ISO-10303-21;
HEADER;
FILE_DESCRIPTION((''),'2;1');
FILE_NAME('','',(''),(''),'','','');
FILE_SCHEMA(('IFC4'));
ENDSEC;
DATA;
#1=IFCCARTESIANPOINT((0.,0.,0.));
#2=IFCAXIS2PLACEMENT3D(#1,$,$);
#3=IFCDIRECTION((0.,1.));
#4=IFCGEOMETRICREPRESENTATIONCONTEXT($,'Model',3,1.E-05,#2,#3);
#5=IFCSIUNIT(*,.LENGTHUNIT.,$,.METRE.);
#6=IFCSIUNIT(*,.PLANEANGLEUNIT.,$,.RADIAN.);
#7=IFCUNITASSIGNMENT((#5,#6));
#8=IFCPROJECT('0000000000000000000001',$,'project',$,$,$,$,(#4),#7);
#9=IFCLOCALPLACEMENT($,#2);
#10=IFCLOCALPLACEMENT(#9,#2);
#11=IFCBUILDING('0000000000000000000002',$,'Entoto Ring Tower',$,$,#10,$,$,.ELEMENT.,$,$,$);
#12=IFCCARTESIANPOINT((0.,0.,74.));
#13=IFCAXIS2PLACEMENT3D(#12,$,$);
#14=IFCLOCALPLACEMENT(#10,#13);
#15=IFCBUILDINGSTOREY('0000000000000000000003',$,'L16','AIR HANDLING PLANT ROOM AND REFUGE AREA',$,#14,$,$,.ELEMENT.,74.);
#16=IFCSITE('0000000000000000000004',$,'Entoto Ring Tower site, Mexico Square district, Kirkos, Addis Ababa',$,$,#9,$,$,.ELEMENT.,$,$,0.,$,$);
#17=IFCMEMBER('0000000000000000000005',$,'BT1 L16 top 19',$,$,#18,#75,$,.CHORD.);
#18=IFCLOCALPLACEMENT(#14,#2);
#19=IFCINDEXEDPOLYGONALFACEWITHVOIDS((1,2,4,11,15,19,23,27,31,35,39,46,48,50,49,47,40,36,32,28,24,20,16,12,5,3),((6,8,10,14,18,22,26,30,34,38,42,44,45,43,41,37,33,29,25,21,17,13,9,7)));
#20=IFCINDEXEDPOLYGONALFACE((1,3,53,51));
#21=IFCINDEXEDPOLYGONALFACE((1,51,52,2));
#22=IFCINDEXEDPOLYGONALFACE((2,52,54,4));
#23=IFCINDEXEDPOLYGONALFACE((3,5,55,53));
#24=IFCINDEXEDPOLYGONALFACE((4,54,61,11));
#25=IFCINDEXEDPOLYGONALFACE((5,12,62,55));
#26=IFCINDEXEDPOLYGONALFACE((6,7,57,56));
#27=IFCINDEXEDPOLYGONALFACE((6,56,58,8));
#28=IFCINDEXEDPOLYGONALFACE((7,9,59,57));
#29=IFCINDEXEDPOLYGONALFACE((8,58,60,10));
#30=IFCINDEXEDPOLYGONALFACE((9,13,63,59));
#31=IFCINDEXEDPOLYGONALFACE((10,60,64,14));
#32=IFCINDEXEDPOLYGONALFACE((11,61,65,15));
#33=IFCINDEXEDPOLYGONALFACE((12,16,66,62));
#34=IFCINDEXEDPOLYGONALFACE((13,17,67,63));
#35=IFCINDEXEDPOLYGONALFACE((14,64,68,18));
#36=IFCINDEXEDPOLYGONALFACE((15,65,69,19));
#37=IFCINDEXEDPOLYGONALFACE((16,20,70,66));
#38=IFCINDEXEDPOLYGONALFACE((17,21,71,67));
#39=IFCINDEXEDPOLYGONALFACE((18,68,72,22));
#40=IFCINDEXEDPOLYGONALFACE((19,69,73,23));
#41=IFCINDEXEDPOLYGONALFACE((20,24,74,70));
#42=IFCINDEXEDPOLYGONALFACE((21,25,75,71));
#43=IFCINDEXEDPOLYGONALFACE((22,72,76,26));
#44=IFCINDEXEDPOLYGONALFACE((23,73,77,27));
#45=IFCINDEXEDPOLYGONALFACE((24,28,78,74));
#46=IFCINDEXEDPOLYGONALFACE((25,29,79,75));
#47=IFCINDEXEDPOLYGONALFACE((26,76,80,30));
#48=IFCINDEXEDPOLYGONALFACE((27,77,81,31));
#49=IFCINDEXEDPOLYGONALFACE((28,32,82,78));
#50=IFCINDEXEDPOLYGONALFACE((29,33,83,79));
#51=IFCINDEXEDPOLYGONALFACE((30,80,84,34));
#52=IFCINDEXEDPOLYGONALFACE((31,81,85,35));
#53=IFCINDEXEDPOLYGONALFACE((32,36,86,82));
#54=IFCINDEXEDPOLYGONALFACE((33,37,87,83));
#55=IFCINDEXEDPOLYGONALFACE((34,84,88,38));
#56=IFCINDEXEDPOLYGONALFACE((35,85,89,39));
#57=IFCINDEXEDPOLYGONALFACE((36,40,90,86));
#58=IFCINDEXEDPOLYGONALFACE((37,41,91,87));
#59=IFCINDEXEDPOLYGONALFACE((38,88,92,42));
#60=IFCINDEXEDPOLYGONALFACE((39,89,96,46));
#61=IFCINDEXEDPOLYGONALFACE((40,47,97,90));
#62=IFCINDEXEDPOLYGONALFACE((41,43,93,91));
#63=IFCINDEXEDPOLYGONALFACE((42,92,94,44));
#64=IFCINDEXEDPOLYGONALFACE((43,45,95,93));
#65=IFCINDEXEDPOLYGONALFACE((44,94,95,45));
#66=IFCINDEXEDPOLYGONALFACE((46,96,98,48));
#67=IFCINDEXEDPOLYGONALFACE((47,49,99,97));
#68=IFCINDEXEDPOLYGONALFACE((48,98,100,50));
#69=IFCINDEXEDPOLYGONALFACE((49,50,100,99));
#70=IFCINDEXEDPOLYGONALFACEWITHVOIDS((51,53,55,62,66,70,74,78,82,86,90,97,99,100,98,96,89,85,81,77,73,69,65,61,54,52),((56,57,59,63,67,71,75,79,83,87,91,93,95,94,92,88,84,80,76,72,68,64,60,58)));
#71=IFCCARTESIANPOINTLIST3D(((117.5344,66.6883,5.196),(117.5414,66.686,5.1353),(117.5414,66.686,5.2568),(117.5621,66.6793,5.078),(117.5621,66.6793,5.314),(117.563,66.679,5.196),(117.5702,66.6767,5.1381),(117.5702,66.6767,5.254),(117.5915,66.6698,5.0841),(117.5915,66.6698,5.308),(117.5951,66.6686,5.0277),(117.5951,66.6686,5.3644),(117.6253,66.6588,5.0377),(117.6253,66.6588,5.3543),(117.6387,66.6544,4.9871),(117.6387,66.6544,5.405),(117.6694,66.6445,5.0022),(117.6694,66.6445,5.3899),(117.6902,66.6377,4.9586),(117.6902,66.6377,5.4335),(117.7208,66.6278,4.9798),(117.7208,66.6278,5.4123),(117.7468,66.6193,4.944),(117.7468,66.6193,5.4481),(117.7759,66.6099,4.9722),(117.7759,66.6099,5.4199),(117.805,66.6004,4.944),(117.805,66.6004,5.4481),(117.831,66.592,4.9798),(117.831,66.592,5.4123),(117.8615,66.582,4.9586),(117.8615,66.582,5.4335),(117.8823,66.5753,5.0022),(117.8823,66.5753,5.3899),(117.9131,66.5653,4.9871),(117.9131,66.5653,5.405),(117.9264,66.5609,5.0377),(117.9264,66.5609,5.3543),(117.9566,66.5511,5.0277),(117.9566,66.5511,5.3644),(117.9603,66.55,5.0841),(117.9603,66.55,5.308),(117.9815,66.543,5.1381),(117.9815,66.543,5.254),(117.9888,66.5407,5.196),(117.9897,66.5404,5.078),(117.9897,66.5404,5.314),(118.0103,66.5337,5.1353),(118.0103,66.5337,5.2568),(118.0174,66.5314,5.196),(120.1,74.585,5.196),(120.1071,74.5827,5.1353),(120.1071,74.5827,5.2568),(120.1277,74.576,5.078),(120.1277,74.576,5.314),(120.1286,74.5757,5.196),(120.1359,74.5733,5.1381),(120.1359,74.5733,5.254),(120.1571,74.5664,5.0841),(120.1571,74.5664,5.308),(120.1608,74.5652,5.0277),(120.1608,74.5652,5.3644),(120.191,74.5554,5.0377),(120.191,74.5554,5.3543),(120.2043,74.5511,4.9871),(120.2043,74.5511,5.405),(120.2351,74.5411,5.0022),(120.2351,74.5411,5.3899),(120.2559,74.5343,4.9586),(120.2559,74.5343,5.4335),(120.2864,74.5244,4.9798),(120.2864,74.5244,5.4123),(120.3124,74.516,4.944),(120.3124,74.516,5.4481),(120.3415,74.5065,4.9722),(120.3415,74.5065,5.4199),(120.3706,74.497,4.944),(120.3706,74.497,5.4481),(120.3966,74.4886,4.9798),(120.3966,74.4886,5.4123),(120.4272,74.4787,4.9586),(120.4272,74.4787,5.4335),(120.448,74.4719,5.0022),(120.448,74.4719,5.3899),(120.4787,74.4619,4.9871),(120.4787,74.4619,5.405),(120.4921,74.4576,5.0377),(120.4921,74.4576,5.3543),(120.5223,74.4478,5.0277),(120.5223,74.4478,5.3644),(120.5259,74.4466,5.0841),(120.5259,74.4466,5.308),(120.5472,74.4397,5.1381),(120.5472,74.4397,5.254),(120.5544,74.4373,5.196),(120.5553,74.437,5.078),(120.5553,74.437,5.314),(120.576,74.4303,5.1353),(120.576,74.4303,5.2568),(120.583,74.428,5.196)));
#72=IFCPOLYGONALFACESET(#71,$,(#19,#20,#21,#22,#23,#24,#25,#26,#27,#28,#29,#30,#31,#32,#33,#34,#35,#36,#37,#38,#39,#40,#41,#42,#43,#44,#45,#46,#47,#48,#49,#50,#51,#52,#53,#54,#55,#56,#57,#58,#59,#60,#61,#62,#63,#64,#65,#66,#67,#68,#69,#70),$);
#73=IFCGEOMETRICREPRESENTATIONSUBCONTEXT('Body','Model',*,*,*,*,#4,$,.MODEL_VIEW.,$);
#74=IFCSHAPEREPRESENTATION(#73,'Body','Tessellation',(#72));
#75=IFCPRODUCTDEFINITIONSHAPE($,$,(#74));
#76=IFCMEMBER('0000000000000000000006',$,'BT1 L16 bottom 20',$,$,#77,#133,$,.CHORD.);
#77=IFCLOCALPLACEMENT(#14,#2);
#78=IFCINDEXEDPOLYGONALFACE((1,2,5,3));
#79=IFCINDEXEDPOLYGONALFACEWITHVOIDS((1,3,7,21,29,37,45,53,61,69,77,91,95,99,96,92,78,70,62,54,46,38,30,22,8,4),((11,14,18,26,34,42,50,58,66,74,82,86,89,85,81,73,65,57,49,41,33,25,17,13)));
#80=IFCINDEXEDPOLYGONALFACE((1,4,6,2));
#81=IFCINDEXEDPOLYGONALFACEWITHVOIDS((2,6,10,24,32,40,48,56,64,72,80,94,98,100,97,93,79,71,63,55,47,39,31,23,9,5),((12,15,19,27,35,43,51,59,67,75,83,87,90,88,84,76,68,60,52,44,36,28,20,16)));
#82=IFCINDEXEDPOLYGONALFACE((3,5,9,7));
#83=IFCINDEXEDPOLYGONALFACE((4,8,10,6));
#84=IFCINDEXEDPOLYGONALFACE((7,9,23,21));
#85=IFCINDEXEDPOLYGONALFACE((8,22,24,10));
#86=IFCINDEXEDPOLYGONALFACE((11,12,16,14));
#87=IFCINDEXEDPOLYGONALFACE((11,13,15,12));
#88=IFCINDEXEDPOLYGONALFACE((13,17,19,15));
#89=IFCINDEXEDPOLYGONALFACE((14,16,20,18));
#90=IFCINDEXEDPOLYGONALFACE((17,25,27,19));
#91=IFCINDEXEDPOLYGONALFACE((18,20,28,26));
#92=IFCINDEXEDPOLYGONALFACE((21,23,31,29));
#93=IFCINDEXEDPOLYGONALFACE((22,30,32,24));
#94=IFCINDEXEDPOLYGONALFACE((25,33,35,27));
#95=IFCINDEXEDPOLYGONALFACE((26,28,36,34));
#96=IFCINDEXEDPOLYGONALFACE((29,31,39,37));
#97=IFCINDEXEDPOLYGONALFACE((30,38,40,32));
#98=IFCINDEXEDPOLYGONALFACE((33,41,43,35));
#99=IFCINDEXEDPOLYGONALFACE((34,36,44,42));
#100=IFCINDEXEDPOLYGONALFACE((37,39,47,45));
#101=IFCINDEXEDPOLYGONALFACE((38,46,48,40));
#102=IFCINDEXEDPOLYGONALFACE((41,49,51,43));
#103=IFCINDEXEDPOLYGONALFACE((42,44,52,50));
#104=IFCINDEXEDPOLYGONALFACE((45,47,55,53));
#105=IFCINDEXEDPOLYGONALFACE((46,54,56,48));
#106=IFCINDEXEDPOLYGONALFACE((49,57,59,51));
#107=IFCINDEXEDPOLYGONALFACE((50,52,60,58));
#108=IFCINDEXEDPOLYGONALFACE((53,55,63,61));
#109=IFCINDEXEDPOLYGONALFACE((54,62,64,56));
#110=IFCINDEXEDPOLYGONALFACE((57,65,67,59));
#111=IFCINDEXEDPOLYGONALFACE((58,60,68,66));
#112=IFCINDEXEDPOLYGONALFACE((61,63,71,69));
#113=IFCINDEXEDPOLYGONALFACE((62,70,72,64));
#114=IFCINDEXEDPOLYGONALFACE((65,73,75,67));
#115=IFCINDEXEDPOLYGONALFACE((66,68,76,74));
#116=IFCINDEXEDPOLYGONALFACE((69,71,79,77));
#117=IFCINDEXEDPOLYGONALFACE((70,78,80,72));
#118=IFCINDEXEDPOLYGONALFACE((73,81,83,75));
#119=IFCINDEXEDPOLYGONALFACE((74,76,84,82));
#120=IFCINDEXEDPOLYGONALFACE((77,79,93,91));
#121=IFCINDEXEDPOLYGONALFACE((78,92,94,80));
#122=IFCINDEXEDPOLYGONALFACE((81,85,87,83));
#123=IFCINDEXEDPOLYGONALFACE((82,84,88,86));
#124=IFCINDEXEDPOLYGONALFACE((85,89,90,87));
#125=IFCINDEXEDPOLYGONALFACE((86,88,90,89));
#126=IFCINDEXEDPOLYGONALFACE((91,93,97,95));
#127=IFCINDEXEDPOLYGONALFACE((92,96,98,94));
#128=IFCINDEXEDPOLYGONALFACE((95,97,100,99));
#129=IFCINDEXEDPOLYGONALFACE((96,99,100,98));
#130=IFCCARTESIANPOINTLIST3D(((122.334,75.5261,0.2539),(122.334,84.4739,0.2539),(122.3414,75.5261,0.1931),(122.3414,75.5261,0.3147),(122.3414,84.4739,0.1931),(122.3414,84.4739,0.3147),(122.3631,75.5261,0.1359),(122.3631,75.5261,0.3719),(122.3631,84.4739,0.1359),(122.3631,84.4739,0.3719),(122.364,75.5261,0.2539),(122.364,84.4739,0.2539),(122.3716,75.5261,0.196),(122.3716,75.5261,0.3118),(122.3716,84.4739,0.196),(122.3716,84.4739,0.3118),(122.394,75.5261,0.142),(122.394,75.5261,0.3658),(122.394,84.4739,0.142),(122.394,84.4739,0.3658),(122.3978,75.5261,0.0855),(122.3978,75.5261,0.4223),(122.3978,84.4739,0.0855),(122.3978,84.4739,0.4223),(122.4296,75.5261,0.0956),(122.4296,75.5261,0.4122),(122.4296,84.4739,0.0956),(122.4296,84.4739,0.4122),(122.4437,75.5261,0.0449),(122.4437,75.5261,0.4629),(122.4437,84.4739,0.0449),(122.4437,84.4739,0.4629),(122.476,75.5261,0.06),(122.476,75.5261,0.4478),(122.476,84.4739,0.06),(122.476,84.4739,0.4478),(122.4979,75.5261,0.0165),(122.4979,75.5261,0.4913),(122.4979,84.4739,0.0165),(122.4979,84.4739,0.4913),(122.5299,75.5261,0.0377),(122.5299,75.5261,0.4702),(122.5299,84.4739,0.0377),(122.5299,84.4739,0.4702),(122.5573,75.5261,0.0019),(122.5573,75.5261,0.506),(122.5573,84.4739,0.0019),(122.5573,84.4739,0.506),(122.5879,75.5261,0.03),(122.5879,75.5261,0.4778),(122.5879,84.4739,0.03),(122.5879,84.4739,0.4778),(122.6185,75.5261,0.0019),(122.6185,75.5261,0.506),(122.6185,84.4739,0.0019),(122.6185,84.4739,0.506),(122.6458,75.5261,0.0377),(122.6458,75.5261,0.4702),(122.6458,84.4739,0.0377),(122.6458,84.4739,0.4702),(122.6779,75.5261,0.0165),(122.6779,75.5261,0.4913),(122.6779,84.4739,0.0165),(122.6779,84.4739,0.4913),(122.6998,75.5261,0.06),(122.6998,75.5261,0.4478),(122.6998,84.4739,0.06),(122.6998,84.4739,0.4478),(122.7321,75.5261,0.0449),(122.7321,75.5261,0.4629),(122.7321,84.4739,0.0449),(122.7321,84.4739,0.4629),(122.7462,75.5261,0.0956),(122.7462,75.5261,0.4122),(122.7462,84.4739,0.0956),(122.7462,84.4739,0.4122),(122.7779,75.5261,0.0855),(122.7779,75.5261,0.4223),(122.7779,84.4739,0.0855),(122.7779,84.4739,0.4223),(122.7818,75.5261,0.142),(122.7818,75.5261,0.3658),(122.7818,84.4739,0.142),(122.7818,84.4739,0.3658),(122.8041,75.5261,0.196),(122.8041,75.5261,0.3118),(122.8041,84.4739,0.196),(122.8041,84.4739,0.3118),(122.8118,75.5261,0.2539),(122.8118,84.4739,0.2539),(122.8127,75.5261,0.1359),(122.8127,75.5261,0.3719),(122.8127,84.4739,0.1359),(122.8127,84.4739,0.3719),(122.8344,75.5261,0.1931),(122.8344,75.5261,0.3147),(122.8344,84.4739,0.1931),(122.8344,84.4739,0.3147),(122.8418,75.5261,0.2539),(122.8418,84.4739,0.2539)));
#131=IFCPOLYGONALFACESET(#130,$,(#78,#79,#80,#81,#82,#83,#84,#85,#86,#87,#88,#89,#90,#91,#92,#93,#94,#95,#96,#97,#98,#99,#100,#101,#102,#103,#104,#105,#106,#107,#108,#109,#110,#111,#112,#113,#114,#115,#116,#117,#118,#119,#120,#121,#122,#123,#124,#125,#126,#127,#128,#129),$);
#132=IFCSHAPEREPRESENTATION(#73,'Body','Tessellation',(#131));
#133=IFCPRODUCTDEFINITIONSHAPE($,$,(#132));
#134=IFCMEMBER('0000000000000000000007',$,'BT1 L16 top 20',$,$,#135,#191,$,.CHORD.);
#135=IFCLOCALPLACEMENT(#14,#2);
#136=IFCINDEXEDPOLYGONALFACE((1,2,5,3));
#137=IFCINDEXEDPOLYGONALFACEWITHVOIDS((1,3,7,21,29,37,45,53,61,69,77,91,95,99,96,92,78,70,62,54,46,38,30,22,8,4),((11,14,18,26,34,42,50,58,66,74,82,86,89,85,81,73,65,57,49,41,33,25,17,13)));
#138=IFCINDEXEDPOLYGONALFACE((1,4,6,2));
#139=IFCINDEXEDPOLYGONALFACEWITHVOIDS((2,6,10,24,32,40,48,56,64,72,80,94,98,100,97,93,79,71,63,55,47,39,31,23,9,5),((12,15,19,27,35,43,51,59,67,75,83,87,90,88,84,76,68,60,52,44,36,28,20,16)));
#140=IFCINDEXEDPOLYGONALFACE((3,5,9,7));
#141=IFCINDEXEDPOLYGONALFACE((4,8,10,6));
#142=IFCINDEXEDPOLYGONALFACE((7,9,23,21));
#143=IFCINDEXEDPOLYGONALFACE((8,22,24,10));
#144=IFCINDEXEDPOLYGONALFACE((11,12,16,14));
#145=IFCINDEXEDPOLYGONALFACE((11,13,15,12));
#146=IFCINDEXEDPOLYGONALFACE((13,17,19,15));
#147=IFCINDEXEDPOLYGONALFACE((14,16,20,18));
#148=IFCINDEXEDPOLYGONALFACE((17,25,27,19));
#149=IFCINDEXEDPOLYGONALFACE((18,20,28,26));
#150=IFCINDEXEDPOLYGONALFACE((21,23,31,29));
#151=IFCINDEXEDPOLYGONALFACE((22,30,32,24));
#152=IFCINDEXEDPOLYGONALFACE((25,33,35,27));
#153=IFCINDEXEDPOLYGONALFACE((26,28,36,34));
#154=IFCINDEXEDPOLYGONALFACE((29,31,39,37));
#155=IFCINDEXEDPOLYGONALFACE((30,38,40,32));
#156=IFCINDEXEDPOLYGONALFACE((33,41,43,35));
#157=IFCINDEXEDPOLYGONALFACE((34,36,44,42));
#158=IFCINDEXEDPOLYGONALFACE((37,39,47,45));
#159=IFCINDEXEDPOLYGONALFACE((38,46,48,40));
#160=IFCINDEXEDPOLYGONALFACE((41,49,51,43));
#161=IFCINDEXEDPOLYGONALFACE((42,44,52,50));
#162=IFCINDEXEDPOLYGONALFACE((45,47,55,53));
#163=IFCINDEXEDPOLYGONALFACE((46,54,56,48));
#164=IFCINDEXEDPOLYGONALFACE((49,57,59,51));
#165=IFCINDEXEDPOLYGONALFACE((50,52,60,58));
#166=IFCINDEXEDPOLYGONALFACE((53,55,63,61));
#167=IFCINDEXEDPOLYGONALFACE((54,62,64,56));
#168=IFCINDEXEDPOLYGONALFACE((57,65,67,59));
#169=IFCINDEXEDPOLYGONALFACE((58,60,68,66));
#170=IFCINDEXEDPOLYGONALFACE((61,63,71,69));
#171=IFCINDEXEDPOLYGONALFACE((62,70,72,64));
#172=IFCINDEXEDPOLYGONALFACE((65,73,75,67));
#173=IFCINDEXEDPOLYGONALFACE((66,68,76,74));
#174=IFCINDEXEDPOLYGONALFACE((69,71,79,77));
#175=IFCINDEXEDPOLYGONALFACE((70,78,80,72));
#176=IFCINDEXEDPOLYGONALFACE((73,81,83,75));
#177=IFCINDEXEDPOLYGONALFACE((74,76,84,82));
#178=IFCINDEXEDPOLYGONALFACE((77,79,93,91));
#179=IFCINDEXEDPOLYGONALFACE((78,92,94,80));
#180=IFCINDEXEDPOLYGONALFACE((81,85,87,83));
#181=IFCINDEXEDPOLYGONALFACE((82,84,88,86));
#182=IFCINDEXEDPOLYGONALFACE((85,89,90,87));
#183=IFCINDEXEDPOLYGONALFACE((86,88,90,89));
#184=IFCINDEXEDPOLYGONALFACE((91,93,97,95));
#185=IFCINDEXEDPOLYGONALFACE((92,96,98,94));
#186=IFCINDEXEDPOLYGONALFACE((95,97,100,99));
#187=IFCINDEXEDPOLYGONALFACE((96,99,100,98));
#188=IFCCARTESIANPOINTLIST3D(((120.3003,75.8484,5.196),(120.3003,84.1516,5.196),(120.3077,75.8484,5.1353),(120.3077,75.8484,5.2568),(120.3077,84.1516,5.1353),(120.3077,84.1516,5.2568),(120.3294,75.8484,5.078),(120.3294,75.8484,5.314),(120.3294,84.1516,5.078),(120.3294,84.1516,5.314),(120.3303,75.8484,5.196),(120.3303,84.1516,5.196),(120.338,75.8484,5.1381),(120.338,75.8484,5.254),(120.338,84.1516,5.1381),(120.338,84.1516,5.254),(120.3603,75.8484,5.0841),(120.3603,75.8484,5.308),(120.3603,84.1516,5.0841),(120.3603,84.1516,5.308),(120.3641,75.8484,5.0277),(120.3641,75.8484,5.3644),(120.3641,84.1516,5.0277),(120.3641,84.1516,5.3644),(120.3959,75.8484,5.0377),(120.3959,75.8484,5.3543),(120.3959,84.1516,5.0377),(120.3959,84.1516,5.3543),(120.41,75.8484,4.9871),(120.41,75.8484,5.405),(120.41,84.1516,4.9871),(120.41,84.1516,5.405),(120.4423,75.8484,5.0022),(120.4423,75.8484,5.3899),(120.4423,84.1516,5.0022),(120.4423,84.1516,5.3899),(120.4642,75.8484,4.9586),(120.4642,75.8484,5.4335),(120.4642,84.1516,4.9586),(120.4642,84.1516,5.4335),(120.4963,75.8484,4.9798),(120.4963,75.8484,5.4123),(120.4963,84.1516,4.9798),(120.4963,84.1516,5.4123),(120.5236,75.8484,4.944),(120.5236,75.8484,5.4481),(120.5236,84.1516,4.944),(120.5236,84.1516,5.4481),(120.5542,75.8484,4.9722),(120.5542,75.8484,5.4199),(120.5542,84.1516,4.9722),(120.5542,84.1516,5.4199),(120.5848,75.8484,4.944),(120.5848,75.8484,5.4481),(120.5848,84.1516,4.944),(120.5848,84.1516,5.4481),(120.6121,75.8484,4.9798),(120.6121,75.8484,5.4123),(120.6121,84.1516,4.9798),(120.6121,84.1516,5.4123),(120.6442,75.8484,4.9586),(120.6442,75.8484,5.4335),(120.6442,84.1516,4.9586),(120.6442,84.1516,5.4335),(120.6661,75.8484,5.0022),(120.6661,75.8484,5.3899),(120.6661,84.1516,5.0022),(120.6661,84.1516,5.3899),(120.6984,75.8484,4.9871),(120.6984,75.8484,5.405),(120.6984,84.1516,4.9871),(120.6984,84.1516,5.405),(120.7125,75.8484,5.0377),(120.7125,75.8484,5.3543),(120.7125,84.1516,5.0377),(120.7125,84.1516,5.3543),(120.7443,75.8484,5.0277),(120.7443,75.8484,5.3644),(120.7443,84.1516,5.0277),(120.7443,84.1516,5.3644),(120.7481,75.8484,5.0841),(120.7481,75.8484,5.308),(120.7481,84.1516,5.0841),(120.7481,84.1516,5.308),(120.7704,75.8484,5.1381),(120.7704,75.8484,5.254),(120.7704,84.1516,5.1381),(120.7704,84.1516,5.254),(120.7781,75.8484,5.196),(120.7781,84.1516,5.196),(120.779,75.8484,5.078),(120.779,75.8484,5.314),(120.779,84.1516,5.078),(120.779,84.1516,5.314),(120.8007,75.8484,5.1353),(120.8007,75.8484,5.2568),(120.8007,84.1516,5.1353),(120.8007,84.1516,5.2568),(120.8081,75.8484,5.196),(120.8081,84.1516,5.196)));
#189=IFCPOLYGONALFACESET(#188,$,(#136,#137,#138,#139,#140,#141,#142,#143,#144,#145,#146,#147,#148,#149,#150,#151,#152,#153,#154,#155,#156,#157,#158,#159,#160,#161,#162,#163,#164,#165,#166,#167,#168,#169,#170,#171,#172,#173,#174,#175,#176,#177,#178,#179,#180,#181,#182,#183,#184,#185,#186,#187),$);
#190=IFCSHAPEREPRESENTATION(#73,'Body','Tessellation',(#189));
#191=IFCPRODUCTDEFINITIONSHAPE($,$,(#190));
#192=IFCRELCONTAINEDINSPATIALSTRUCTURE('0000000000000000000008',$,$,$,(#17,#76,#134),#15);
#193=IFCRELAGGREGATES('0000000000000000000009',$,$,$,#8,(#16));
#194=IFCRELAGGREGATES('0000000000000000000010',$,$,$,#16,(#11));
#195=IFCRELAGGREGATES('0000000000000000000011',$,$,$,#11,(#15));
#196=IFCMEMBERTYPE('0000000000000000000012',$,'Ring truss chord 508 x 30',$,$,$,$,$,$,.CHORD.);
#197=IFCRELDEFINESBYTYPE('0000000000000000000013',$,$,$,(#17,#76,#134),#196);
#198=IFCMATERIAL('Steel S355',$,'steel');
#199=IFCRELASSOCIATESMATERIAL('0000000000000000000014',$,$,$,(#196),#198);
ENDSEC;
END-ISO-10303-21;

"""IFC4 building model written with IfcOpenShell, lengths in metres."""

from ifc_helpers import new_model, si_unit, direction, frame, origin, origin_2d, place, context, subcontext, project, spatial, circle, hollow_circle, extrude, material, material_profile, profile_set, type_object, element, save


model = new_model("IFC4")

# Units and contexts
model_context = context("Model", 3, precision=1e-05, world=origin(), true_north=direction((0.0, 1.0)))
body_context = subcontext(model_context, "Body", "Model", "MODEL_VIEW")
ifc_project = project(units=[si_unit("LENGTHUNIT", "METRE"), si_unit("PLANEANGLEUNIT", "RADIAN")], contexts=[model_context])

# Site, building, storey
site_placement = place(None, origin())
site = spatial("IfcSite", under=ifc_project, at=site_placement, Name="Entoto Ring Tower site, Mexico Square district, Kirkos, Addis Ababa", CompositionType="ELEMENT", RefElevation=0.0)
building_placement = place(site_placement, origin())
building = spatial("IfcBuilding", under=site, at=building_placement, Name="Entoto Ring Tower", CompositionType="ELEMENT")
storey_placement = place(building_placement, frame((0.0, 0.0, 74.0)))
storey = spatial("IfcBuildingStorey", under=building, at=storey_placement, Name="L16", Description="AIR HANDLING PLANT ROOM AND REFUGE AREA", CompositionType="ELEMENT", Elevation=74.0)

# Members
ifc_material_1 = material(Name="Steel S355", Category="steel")
ifc_material_profile_1 = material_profile(ifc_material_1, hollow_circle(Radius=0.2539, WallThickness=0.03, at=origin_2d()), Name="CHS 508 x 30")
ifc_material_2 = material(Name="Concrete C60/75", Category="concrete")
ifc_material_profile_2 = material_profile(ifc_material_2, circle(Radius=0.2241, at=origin_2d()), Name="Concrete C60/75 infill")
ifc_profile_set_1 = profile_set([ifc_material_profile_1, ifc_material_profile_2], Name="Steel S355")
member_type_1 = type_object("IfcMemberType", Name="Ring truss chord 508 x 30", PredefinedType="CHORD", material=ifc_profile_set_1)
member_1_placement = place(storey_placement, frame((117.7759, 66.6099, 5.196), z_axis=(0.309003, 0.951061, 0.0), x_axis=(-0.951061, 0.309003, 0.0)))
element("IfcMember", 1, at=member_1_placement, inside=storey, type_object=member_type_1, Name="BT1 L16 top 19", PredefinedType="CHORD", context=body_context, shape_type="SweptSolid", body=[
    extrude(hollow_circle(Radius=0.2539, WallThickness=0.03, at=origin_2d()), origin(), (0.0, 0.0, 1.0), 8.303),
])
member_2_placement = place(storey_placement, frame((122.5879, 75.5261, 0.2539), z_axis=(0.0, 1.0, 0.0), x_axis=(-1.0, 0.0, 0.0)))
element("IfcMember", 2, at=member_2_placement, inside=storey, type_object=member_type_1, Name="BT1 L16 bottom 20", PredefinedType="CHORD", context=body_context, shape_type="SweptSolid", body=[
    extrude(hollow_circle(Radius=0.2539, WallThickness=0.03, at=origin_2d()), origin(), (0.0, 0.0, 1.0), 8.9478),
])
member_3_placement = place(storey_placement, frame((120.5542, 75.8484, 5.196), z_axis=(0.0, 1.0, 0.0), x_axis=(-1.0, 0.0, 0.0)))
element("IfcMember", 3, at=member_3_placement, inside=storey, type_object=member_type_1, Name="BT1 L16 top 20", PredefinedType="CHORD", context=body_context, shape_type="SweptSolid", body=[
    extrude(hollow_circle(Radius=0.2539, WallThickness=0.03, at=origin_2d()), origin(), (0.0, 0.0, 1.0), 8.3032),
])

save(model, "model.ifc")
